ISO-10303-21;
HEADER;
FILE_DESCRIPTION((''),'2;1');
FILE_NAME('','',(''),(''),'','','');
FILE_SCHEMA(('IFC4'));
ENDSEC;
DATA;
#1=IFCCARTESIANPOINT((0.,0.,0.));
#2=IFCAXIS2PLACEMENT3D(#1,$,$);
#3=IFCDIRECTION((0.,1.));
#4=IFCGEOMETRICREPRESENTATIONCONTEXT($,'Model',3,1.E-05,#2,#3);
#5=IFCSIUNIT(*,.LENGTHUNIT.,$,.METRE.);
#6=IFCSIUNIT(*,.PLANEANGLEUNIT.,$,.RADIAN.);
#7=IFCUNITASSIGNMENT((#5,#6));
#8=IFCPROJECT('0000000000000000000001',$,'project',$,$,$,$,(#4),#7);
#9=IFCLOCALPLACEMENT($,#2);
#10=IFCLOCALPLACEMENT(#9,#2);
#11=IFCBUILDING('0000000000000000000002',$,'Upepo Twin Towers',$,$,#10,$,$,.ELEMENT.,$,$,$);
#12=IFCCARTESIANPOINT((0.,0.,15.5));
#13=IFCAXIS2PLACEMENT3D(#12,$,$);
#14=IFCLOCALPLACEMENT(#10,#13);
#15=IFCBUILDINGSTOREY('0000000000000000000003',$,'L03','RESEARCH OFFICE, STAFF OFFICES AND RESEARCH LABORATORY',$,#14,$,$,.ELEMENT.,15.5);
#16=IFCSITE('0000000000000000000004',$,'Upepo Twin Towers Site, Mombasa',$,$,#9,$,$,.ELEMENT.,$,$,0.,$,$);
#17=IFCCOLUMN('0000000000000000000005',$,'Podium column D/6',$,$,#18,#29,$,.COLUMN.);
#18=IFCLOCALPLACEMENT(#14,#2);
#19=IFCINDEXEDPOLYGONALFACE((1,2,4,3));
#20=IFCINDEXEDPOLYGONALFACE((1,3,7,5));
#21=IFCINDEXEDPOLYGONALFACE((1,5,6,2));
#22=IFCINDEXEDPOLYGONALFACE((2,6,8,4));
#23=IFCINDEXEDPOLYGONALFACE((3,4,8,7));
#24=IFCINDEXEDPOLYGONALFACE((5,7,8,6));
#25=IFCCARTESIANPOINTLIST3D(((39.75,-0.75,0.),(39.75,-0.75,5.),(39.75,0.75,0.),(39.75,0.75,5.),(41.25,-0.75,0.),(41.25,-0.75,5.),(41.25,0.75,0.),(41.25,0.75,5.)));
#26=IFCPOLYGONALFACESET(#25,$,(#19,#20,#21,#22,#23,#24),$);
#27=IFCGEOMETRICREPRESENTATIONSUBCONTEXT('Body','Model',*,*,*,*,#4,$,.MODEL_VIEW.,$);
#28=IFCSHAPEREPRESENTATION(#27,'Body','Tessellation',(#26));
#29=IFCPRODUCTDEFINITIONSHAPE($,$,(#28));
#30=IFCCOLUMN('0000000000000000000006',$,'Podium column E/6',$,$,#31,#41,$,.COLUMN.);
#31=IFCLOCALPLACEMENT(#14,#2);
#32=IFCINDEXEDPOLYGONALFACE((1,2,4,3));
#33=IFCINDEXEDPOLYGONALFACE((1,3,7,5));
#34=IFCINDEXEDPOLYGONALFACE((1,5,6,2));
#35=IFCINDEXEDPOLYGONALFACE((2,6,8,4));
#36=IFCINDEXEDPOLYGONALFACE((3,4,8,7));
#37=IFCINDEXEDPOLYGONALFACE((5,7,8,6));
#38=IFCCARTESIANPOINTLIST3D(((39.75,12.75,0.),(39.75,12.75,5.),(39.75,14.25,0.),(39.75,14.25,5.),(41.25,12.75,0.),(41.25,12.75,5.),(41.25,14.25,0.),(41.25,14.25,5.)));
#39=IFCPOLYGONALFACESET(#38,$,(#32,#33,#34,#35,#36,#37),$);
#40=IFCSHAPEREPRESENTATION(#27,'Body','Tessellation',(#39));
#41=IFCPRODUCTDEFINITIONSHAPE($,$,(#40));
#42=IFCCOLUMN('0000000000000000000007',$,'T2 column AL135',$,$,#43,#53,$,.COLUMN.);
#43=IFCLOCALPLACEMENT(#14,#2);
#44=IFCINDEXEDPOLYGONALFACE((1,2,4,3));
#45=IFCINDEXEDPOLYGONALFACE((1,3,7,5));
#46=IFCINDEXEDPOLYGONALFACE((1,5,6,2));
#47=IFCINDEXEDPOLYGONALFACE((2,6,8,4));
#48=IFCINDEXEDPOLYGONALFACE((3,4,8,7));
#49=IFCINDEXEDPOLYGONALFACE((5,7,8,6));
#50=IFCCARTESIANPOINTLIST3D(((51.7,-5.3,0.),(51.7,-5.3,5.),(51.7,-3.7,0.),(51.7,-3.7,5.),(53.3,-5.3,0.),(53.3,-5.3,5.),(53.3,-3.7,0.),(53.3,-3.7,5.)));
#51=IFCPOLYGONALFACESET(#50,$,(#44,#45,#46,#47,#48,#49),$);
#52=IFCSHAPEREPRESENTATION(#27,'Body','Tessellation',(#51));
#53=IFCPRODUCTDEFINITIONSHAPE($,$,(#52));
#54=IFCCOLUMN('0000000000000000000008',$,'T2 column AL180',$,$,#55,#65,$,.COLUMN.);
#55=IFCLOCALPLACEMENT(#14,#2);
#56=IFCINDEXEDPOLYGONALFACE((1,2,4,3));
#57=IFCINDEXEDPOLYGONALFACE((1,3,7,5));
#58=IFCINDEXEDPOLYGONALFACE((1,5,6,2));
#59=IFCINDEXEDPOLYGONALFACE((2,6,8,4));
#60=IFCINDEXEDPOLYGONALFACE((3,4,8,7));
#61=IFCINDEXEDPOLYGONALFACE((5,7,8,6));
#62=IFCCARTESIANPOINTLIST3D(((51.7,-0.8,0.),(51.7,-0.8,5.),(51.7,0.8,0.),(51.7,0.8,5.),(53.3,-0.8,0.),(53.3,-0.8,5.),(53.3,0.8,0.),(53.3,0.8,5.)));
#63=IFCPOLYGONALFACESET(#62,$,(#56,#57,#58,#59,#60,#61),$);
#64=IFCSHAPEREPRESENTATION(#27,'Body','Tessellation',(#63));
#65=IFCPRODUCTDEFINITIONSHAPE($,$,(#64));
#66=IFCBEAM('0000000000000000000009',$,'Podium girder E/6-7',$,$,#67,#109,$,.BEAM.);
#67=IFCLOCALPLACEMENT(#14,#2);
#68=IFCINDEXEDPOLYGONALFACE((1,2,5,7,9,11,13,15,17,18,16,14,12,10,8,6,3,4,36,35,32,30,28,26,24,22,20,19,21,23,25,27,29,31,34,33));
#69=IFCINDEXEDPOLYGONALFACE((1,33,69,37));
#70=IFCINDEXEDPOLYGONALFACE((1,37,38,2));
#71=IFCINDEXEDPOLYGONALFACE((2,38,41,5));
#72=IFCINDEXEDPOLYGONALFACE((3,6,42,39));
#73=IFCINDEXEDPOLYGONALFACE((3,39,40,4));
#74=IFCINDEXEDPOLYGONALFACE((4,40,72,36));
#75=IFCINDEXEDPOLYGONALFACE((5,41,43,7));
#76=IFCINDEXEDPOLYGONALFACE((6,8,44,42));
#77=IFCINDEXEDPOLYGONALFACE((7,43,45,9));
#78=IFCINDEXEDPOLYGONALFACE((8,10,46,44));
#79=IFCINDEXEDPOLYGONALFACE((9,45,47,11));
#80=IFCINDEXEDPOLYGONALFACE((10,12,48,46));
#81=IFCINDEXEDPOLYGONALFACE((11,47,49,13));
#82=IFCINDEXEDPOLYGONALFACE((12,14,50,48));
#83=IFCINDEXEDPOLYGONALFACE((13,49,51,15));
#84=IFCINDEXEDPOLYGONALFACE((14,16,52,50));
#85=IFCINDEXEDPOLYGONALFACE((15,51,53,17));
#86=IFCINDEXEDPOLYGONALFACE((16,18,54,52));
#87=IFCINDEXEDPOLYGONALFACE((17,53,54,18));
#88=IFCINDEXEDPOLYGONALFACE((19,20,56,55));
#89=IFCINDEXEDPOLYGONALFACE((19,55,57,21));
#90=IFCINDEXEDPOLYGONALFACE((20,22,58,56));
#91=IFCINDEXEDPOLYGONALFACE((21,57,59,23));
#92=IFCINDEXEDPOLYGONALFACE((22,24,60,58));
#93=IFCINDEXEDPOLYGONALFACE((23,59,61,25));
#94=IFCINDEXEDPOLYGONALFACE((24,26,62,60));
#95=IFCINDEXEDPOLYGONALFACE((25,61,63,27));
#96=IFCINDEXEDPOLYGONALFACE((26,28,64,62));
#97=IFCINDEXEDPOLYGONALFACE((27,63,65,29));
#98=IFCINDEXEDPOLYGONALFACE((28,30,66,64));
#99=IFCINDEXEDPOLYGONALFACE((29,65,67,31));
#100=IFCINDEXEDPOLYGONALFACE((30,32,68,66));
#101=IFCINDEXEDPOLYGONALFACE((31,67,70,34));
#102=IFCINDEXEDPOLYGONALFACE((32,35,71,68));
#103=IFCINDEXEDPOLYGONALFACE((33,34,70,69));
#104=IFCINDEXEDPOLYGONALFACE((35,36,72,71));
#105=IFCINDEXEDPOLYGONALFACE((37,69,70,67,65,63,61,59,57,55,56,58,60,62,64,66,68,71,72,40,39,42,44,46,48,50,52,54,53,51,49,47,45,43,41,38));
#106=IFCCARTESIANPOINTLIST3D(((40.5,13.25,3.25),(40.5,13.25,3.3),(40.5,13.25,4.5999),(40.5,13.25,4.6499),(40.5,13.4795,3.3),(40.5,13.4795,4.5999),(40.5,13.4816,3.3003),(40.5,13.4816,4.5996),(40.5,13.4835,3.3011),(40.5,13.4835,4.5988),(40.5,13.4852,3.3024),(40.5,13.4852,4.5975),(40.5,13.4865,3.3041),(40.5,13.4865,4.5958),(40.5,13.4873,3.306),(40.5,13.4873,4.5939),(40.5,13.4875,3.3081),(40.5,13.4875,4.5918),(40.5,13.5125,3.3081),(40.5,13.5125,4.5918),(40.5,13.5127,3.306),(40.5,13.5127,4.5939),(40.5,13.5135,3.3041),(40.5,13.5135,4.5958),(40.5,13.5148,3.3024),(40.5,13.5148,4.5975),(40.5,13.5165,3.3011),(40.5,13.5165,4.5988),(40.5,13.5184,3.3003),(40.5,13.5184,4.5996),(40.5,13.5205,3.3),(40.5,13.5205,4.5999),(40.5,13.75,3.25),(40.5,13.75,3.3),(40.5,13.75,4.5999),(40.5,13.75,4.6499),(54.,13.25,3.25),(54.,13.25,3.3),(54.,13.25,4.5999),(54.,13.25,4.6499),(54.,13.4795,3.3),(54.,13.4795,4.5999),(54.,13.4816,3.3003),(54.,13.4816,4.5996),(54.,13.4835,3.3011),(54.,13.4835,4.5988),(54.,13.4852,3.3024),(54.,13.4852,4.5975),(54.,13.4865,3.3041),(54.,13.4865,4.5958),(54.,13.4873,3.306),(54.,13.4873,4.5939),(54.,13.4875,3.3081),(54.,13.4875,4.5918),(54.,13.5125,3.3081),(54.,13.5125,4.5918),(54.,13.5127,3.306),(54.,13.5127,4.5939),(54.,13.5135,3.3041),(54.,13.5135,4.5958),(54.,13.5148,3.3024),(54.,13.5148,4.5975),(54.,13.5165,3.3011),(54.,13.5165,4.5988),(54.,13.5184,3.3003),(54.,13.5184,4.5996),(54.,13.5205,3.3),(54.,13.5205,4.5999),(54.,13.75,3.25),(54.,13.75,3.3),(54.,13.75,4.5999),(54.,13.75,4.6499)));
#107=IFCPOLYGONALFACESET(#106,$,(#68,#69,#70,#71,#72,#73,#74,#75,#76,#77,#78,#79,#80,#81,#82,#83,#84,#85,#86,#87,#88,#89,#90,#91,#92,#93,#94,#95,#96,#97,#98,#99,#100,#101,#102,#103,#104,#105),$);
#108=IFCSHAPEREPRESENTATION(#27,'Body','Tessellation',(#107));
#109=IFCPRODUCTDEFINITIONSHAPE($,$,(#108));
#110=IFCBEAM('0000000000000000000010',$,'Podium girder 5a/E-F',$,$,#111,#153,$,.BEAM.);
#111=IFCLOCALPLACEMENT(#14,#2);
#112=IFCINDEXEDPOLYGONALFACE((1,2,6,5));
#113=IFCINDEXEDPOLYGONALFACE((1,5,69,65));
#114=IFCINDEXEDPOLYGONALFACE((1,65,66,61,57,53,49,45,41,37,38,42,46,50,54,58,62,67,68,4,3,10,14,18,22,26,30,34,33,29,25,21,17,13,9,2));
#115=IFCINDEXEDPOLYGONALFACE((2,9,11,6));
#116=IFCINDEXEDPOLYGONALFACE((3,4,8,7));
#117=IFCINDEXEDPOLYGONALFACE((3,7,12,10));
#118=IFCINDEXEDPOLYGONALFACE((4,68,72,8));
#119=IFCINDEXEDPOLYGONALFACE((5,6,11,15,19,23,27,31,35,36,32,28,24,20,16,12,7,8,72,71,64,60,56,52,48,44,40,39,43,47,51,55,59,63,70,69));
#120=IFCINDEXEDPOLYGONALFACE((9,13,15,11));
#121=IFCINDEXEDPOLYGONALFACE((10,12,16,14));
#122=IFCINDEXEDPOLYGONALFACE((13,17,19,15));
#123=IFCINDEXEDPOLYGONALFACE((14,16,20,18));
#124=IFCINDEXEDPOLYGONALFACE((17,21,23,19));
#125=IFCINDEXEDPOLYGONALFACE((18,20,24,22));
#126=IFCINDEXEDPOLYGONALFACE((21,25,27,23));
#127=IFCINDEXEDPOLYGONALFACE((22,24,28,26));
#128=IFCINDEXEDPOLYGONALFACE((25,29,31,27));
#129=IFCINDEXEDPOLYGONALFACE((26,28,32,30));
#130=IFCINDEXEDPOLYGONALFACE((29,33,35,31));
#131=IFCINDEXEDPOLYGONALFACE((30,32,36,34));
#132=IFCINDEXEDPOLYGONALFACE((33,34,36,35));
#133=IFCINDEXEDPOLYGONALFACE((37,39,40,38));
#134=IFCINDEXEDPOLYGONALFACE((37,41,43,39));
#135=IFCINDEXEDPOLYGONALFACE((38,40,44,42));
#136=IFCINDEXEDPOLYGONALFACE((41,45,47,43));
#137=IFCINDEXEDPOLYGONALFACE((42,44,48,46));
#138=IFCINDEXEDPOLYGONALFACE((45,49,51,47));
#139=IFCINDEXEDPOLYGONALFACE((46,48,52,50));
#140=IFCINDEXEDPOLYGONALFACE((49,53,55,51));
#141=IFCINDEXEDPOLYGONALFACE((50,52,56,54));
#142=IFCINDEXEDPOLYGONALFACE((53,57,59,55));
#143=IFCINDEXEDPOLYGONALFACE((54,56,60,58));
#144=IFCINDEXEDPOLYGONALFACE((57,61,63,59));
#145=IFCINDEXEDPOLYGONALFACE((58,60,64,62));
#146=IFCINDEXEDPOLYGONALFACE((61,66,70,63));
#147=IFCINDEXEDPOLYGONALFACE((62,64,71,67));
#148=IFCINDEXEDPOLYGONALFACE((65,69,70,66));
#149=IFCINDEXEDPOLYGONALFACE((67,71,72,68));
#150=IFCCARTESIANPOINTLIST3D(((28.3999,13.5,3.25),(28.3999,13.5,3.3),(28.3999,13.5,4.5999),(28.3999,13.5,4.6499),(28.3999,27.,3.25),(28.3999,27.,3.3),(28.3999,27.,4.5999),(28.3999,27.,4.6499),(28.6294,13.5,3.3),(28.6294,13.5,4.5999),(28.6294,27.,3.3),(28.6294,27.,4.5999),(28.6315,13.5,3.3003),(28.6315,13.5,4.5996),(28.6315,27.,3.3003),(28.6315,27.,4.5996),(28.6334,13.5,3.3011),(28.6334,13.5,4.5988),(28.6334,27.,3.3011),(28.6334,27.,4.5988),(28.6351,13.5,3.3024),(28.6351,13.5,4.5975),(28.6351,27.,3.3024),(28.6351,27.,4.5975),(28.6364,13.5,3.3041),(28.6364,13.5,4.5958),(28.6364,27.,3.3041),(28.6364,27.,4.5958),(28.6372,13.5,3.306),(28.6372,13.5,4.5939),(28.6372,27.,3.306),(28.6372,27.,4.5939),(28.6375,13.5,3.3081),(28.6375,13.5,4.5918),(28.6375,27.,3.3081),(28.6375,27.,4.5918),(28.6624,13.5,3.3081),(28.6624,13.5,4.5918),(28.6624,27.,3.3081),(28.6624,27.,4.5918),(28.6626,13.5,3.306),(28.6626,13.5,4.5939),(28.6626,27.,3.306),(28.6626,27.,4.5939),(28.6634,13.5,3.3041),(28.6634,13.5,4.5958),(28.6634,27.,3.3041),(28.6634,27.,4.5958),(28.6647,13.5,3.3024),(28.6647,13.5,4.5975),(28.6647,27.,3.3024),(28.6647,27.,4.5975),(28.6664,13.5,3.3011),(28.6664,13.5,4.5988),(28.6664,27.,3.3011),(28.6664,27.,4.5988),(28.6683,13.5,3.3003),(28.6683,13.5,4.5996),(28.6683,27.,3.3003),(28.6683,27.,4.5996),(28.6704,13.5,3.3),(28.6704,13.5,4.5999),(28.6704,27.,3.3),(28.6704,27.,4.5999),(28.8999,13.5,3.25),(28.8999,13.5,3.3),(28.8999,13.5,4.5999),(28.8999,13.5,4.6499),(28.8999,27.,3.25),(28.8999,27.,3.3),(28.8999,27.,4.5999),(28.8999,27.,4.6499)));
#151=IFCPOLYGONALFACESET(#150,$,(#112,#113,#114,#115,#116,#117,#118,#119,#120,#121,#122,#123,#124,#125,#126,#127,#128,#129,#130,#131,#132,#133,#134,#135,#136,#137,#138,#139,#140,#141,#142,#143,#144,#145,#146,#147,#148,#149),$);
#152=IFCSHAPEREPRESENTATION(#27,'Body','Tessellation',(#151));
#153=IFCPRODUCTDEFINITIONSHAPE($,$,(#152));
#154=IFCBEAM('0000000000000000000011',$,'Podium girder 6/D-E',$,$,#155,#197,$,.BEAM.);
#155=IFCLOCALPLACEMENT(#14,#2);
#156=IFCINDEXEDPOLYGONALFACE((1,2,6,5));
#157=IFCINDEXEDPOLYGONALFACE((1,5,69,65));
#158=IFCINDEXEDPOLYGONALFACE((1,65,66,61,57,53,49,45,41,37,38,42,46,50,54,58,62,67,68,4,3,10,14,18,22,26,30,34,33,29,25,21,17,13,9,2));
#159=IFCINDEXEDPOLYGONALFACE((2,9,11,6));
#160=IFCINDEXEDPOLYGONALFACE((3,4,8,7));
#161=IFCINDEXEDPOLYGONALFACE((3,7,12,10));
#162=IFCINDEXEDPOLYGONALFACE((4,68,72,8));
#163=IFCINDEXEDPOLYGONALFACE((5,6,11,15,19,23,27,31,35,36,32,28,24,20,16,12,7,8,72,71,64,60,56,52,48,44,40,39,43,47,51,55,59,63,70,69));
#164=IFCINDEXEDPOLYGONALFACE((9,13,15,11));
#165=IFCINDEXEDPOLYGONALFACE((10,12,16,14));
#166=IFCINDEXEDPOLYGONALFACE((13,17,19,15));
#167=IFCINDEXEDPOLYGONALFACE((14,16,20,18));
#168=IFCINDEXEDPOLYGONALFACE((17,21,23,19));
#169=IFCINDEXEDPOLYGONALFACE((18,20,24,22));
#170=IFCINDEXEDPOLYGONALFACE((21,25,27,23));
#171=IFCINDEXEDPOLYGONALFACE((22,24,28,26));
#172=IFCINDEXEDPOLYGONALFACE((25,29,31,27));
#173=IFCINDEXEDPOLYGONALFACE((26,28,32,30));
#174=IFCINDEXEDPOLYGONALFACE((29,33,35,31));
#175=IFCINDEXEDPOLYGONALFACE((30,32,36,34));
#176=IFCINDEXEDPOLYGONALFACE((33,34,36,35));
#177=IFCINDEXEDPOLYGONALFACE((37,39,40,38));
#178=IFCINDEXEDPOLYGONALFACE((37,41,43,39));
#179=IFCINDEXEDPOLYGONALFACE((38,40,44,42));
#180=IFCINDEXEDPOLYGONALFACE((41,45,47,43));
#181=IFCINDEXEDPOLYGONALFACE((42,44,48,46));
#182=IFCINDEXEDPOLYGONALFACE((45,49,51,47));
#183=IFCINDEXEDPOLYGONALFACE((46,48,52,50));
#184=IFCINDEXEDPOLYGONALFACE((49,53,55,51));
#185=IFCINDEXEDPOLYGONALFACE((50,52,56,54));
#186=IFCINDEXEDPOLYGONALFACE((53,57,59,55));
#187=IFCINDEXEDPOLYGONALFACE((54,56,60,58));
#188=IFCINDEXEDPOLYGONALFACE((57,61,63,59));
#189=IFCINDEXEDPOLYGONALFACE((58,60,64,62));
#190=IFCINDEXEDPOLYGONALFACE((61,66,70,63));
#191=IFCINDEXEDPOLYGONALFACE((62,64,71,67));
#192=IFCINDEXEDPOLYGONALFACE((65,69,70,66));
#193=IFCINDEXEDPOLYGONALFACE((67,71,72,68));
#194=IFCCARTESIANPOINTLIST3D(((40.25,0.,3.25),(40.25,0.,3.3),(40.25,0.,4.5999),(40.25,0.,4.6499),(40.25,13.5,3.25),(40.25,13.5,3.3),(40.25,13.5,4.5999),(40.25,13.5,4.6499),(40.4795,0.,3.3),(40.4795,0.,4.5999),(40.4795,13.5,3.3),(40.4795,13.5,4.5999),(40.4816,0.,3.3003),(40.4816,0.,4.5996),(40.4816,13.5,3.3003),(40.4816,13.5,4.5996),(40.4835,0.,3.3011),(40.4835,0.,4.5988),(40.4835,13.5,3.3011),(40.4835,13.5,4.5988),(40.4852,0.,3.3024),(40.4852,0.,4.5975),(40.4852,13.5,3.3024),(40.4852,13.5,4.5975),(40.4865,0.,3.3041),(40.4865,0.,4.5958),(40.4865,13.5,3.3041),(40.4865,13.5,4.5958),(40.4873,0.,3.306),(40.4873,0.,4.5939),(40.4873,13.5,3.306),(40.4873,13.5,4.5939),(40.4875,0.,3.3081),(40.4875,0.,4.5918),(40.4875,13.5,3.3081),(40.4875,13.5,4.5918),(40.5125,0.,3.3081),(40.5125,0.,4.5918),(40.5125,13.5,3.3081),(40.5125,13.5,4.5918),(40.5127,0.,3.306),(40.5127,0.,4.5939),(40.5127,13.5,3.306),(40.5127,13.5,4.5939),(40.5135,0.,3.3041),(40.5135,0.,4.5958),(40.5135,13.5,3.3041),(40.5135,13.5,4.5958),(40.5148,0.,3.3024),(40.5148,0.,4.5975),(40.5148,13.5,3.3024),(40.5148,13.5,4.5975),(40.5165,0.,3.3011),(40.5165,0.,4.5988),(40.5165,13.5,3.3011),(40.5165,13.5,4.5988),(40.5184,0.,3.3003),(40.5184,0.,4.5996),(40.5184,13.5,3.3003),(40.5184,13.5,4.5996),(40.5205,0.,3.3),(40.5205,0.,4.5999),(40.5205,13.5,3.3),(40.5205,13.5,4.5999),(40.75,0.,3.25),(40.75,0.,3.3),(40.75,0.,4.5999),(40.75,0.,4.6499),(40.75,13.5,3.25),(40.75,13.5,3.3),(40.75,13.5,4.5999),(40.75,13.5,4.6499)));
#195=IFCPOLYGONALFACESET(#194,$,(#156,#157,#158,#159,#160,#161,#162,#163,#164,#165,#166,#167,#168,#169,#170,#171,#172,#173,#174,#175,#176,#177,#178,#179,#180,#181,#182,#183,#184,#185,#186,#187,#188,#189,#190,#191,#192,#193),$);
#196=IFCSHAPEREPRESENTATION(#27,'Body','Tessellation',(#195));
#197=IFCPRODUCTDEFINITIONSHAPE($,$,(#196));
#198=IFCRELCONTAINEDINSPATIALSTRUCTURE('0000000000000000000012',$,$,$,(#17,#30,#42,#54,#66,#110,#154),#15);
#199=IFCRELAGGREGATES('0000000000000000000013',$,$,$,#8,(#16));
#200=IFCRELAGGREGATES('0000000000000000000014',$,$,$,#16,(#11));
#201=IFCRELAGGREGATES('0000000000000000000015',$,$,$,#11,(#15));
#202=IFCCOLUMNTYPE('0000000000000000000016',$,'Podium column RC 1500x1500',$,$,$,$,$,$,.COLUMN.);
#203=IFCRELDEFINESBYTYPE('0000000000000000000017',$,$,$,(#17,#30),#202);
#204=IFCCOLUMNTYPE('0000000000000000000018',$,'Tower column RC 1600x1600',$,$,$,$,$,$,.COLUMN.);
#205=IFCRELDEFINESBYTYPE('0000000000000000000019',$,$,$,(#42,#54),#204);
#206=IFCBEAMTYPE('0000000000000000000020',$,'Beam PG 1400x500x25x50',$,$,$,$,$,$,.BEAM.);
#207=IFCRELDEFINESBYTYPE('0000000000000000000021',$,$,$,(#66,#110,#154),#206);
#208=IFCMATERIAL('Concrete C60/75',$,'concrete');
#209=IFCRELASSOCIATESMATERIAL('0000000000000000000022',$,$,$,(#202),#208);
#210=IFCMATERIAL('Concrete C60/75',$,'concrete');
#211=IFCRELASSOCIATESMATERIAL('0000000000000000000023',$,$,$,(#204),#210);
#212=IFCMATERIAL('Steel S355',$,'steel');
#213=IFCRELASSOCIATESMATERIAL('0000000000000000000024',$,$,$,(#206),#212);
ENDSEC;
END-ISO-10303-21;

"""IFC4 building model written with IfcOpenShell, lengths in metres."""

from ifc_helpers import new_model, si_unit, direction, frame, origin, origin_2d, place, context, subcontext, project, spatial, rectangle, i_section, extrude, material, material_profile, profile_set, type_object, element, save


model = new_model("IFC4")

# Units and contexts
model_context = context("Model", 3, precision=1e-05, world=origin(), true_north=direction((0.0, 1.0)))
body_context = subcontext(model_context, "Body", "Model", "MODEL_VIEW")
ifc_project = project(units=[si_unit("LENGTHUNIT", "METRE"), si_unit("PLANEANGLEUNIT", "RADIAN")], contexts=[model_context])

# Site, building, storey
site_placement = place(None, origin())
site = spatial("IfcSite", under=ifc_project, at=site_placement, Name="Upepo Twin Towers Site, Mombasa", CompositionType="ELEMENT", RefElevation=0.0)
building_placement = place(site_placement, origin())
building = spatial("IfcBuilding", under=site, at=building_placement, Name="Upepo Twin Towers", CompositionType="ELEMENT")
storey_placement = place(building_placement, frame((0.0, 0.0, 15.5)))
storey = spatial("IfcBuildingStorey", under=building, at=storey_placement, Name="L03", Description="RESEARCH OFFICE, STAFF OFFICES AND RESEARCH LABORATORY", CompositionType="ELEMENT", Elevation=15.5)

# Columns
ifc_material_1 = material(Name="Concrete C60/75", Category="concrete")
ifc_material_profile_1 = material_profile(ifc_material_1, rectangle(XDim=1.5, YDim=1.5, at=origin_2d()), Name="RC 1500x1500")
ifc_profile_set_1 = profile_set([ifc_material_profile_1], Name="Concrete C60/75")
column_type_1 = type_object("IfcColumnType", Name="Podium column RC 1500x1500", PredefinedType="COLUMN", material=ifc_profile_set_1)
for number, where, z_axis, x_axis, name in (
    (1, (40.5, 0.0, 0.0), (0.0, 0.0, 1.0), (1.0, 0.0, 0.0), "Podium column D/6"),
    (2, (40.5, 13.5, 0.0), (0.0, 0.0, 1.0), (1.0, 0.0, 0.0), "Podium column E/6"),
):
    element("IfcColumn", number, at=place(storey_placement, frame(where, z_axis=z_axis, x_axis=x_axis)), inside=storey, type_object=column_type_1, Name=name, PredefinedType="COLUMN", context=body_context, shape_type="SweptSolid", body=[
        extrude(rectangle(XDim=1.5, YDim=1.5, at=origin_2d()), origin(), (0.0, 0.0, 1.0), 5.0),
    ])
ifc_material_2 = material(Name="Concrete C60/75", Category="concrete")
ifc_material_profile_2 = material_profile(ifc_material_2, rectangle(XDim=1.6001, YDim=1.6001, at=origin_2d()), Name="RC 1600x1600")
ifc_profile_set_2 = profile_set([ifc_material_profile_2], Name="Concrete C60/75")
column_type_2 = type_object("IfcColumnType", Name="Tower column RC 1600x1600", PredefinedType="COLUMN", material=ifc_profile_set_2)
for number, where, z_axis, x_axis, name in (
    (3, (52.5, -4.5, 0.0), (0.0, 0.0, 1.0), (1.0, 0.0, 0.0), "T2 column AL135"),
    (4, (52.5, 0.0, 0.0), (0.0, 0.0, 1.0), (1.0, 0.0, 0.0), "T2 column AL180"),
):
    element("IfcColumn", number, at=place(storey_placement, frame(where, z_axis=z_axis, x_axis=x_axis)), inside=storey, type_object=column_type_2, Name=name, PredefinedType="COLUMN", context=body_context, shape_type="SweptSolid", body=[
        extrude(rectangle(XDim=1.6001, YDim=1.6001, at=origin_2d()), origin(), (0.0, 0.0, 1.0), 5.0),
    ])

# Beams
ifc_material_3 = material(Name="Steel S355", Category="steel")
ifc_material_profile_3 = material_profile(ifc_material_3, i_section(OverallWidth=0.5, OverallDepth=1.3999, WebThickness=0.0249, FlangeThickness=0.05, FilletRadius=0.0081, at=origin_2d()), Name="PG 1400x500x25x50")
ifc_profile_set_3 = profile_set([ifc_material_profile_3], Name="Steel S355")
beam_type_1 = type_object("IfcBeamType", Name="Beam PG 1400x500x25x50", PredefinedType="BEAM", material=ifc_profile_set_3)
for number, where, z_axis, x_axis, name in (
    (5, (40.5, 13.5, 3.95), (1.0, 0.0, 0.0), (0.0, 1.0, 0.0), "Podium girder E/6-7"),
    (6, (28.6499, 13.5, 3.95), (0.0, 1.0, 0.0), (-1.0, 0.0, 0.0), "Podium girder 5a/E-F"),
    (7, (40.5, 0.0, 3.95), (0.0, 1.0, 0.0), (-1.0, 0.0, 0.0), "Podium girder 6/D-E"),
):
    element("IfcBeam", number, at=place(storey_placement, frame(where, z_axis=z_axis, x_axis=x_axis)), inside=storey, type_object=beam_type_1, Name=name, PredefinedType="BEAM", context=body_context, shape_type="SweptSolid", body=[
        extrude(i_section(OverallWidth=0.5, OverallDepth=1.3999, WebThickness=0.0249, FlangeThickness=0.05, FilletRadius=0.0081, at=origin_2d()), origin(), (0.0, 0.0, 1.0), 13.5),
    ])

save(model, "model.ifc")
